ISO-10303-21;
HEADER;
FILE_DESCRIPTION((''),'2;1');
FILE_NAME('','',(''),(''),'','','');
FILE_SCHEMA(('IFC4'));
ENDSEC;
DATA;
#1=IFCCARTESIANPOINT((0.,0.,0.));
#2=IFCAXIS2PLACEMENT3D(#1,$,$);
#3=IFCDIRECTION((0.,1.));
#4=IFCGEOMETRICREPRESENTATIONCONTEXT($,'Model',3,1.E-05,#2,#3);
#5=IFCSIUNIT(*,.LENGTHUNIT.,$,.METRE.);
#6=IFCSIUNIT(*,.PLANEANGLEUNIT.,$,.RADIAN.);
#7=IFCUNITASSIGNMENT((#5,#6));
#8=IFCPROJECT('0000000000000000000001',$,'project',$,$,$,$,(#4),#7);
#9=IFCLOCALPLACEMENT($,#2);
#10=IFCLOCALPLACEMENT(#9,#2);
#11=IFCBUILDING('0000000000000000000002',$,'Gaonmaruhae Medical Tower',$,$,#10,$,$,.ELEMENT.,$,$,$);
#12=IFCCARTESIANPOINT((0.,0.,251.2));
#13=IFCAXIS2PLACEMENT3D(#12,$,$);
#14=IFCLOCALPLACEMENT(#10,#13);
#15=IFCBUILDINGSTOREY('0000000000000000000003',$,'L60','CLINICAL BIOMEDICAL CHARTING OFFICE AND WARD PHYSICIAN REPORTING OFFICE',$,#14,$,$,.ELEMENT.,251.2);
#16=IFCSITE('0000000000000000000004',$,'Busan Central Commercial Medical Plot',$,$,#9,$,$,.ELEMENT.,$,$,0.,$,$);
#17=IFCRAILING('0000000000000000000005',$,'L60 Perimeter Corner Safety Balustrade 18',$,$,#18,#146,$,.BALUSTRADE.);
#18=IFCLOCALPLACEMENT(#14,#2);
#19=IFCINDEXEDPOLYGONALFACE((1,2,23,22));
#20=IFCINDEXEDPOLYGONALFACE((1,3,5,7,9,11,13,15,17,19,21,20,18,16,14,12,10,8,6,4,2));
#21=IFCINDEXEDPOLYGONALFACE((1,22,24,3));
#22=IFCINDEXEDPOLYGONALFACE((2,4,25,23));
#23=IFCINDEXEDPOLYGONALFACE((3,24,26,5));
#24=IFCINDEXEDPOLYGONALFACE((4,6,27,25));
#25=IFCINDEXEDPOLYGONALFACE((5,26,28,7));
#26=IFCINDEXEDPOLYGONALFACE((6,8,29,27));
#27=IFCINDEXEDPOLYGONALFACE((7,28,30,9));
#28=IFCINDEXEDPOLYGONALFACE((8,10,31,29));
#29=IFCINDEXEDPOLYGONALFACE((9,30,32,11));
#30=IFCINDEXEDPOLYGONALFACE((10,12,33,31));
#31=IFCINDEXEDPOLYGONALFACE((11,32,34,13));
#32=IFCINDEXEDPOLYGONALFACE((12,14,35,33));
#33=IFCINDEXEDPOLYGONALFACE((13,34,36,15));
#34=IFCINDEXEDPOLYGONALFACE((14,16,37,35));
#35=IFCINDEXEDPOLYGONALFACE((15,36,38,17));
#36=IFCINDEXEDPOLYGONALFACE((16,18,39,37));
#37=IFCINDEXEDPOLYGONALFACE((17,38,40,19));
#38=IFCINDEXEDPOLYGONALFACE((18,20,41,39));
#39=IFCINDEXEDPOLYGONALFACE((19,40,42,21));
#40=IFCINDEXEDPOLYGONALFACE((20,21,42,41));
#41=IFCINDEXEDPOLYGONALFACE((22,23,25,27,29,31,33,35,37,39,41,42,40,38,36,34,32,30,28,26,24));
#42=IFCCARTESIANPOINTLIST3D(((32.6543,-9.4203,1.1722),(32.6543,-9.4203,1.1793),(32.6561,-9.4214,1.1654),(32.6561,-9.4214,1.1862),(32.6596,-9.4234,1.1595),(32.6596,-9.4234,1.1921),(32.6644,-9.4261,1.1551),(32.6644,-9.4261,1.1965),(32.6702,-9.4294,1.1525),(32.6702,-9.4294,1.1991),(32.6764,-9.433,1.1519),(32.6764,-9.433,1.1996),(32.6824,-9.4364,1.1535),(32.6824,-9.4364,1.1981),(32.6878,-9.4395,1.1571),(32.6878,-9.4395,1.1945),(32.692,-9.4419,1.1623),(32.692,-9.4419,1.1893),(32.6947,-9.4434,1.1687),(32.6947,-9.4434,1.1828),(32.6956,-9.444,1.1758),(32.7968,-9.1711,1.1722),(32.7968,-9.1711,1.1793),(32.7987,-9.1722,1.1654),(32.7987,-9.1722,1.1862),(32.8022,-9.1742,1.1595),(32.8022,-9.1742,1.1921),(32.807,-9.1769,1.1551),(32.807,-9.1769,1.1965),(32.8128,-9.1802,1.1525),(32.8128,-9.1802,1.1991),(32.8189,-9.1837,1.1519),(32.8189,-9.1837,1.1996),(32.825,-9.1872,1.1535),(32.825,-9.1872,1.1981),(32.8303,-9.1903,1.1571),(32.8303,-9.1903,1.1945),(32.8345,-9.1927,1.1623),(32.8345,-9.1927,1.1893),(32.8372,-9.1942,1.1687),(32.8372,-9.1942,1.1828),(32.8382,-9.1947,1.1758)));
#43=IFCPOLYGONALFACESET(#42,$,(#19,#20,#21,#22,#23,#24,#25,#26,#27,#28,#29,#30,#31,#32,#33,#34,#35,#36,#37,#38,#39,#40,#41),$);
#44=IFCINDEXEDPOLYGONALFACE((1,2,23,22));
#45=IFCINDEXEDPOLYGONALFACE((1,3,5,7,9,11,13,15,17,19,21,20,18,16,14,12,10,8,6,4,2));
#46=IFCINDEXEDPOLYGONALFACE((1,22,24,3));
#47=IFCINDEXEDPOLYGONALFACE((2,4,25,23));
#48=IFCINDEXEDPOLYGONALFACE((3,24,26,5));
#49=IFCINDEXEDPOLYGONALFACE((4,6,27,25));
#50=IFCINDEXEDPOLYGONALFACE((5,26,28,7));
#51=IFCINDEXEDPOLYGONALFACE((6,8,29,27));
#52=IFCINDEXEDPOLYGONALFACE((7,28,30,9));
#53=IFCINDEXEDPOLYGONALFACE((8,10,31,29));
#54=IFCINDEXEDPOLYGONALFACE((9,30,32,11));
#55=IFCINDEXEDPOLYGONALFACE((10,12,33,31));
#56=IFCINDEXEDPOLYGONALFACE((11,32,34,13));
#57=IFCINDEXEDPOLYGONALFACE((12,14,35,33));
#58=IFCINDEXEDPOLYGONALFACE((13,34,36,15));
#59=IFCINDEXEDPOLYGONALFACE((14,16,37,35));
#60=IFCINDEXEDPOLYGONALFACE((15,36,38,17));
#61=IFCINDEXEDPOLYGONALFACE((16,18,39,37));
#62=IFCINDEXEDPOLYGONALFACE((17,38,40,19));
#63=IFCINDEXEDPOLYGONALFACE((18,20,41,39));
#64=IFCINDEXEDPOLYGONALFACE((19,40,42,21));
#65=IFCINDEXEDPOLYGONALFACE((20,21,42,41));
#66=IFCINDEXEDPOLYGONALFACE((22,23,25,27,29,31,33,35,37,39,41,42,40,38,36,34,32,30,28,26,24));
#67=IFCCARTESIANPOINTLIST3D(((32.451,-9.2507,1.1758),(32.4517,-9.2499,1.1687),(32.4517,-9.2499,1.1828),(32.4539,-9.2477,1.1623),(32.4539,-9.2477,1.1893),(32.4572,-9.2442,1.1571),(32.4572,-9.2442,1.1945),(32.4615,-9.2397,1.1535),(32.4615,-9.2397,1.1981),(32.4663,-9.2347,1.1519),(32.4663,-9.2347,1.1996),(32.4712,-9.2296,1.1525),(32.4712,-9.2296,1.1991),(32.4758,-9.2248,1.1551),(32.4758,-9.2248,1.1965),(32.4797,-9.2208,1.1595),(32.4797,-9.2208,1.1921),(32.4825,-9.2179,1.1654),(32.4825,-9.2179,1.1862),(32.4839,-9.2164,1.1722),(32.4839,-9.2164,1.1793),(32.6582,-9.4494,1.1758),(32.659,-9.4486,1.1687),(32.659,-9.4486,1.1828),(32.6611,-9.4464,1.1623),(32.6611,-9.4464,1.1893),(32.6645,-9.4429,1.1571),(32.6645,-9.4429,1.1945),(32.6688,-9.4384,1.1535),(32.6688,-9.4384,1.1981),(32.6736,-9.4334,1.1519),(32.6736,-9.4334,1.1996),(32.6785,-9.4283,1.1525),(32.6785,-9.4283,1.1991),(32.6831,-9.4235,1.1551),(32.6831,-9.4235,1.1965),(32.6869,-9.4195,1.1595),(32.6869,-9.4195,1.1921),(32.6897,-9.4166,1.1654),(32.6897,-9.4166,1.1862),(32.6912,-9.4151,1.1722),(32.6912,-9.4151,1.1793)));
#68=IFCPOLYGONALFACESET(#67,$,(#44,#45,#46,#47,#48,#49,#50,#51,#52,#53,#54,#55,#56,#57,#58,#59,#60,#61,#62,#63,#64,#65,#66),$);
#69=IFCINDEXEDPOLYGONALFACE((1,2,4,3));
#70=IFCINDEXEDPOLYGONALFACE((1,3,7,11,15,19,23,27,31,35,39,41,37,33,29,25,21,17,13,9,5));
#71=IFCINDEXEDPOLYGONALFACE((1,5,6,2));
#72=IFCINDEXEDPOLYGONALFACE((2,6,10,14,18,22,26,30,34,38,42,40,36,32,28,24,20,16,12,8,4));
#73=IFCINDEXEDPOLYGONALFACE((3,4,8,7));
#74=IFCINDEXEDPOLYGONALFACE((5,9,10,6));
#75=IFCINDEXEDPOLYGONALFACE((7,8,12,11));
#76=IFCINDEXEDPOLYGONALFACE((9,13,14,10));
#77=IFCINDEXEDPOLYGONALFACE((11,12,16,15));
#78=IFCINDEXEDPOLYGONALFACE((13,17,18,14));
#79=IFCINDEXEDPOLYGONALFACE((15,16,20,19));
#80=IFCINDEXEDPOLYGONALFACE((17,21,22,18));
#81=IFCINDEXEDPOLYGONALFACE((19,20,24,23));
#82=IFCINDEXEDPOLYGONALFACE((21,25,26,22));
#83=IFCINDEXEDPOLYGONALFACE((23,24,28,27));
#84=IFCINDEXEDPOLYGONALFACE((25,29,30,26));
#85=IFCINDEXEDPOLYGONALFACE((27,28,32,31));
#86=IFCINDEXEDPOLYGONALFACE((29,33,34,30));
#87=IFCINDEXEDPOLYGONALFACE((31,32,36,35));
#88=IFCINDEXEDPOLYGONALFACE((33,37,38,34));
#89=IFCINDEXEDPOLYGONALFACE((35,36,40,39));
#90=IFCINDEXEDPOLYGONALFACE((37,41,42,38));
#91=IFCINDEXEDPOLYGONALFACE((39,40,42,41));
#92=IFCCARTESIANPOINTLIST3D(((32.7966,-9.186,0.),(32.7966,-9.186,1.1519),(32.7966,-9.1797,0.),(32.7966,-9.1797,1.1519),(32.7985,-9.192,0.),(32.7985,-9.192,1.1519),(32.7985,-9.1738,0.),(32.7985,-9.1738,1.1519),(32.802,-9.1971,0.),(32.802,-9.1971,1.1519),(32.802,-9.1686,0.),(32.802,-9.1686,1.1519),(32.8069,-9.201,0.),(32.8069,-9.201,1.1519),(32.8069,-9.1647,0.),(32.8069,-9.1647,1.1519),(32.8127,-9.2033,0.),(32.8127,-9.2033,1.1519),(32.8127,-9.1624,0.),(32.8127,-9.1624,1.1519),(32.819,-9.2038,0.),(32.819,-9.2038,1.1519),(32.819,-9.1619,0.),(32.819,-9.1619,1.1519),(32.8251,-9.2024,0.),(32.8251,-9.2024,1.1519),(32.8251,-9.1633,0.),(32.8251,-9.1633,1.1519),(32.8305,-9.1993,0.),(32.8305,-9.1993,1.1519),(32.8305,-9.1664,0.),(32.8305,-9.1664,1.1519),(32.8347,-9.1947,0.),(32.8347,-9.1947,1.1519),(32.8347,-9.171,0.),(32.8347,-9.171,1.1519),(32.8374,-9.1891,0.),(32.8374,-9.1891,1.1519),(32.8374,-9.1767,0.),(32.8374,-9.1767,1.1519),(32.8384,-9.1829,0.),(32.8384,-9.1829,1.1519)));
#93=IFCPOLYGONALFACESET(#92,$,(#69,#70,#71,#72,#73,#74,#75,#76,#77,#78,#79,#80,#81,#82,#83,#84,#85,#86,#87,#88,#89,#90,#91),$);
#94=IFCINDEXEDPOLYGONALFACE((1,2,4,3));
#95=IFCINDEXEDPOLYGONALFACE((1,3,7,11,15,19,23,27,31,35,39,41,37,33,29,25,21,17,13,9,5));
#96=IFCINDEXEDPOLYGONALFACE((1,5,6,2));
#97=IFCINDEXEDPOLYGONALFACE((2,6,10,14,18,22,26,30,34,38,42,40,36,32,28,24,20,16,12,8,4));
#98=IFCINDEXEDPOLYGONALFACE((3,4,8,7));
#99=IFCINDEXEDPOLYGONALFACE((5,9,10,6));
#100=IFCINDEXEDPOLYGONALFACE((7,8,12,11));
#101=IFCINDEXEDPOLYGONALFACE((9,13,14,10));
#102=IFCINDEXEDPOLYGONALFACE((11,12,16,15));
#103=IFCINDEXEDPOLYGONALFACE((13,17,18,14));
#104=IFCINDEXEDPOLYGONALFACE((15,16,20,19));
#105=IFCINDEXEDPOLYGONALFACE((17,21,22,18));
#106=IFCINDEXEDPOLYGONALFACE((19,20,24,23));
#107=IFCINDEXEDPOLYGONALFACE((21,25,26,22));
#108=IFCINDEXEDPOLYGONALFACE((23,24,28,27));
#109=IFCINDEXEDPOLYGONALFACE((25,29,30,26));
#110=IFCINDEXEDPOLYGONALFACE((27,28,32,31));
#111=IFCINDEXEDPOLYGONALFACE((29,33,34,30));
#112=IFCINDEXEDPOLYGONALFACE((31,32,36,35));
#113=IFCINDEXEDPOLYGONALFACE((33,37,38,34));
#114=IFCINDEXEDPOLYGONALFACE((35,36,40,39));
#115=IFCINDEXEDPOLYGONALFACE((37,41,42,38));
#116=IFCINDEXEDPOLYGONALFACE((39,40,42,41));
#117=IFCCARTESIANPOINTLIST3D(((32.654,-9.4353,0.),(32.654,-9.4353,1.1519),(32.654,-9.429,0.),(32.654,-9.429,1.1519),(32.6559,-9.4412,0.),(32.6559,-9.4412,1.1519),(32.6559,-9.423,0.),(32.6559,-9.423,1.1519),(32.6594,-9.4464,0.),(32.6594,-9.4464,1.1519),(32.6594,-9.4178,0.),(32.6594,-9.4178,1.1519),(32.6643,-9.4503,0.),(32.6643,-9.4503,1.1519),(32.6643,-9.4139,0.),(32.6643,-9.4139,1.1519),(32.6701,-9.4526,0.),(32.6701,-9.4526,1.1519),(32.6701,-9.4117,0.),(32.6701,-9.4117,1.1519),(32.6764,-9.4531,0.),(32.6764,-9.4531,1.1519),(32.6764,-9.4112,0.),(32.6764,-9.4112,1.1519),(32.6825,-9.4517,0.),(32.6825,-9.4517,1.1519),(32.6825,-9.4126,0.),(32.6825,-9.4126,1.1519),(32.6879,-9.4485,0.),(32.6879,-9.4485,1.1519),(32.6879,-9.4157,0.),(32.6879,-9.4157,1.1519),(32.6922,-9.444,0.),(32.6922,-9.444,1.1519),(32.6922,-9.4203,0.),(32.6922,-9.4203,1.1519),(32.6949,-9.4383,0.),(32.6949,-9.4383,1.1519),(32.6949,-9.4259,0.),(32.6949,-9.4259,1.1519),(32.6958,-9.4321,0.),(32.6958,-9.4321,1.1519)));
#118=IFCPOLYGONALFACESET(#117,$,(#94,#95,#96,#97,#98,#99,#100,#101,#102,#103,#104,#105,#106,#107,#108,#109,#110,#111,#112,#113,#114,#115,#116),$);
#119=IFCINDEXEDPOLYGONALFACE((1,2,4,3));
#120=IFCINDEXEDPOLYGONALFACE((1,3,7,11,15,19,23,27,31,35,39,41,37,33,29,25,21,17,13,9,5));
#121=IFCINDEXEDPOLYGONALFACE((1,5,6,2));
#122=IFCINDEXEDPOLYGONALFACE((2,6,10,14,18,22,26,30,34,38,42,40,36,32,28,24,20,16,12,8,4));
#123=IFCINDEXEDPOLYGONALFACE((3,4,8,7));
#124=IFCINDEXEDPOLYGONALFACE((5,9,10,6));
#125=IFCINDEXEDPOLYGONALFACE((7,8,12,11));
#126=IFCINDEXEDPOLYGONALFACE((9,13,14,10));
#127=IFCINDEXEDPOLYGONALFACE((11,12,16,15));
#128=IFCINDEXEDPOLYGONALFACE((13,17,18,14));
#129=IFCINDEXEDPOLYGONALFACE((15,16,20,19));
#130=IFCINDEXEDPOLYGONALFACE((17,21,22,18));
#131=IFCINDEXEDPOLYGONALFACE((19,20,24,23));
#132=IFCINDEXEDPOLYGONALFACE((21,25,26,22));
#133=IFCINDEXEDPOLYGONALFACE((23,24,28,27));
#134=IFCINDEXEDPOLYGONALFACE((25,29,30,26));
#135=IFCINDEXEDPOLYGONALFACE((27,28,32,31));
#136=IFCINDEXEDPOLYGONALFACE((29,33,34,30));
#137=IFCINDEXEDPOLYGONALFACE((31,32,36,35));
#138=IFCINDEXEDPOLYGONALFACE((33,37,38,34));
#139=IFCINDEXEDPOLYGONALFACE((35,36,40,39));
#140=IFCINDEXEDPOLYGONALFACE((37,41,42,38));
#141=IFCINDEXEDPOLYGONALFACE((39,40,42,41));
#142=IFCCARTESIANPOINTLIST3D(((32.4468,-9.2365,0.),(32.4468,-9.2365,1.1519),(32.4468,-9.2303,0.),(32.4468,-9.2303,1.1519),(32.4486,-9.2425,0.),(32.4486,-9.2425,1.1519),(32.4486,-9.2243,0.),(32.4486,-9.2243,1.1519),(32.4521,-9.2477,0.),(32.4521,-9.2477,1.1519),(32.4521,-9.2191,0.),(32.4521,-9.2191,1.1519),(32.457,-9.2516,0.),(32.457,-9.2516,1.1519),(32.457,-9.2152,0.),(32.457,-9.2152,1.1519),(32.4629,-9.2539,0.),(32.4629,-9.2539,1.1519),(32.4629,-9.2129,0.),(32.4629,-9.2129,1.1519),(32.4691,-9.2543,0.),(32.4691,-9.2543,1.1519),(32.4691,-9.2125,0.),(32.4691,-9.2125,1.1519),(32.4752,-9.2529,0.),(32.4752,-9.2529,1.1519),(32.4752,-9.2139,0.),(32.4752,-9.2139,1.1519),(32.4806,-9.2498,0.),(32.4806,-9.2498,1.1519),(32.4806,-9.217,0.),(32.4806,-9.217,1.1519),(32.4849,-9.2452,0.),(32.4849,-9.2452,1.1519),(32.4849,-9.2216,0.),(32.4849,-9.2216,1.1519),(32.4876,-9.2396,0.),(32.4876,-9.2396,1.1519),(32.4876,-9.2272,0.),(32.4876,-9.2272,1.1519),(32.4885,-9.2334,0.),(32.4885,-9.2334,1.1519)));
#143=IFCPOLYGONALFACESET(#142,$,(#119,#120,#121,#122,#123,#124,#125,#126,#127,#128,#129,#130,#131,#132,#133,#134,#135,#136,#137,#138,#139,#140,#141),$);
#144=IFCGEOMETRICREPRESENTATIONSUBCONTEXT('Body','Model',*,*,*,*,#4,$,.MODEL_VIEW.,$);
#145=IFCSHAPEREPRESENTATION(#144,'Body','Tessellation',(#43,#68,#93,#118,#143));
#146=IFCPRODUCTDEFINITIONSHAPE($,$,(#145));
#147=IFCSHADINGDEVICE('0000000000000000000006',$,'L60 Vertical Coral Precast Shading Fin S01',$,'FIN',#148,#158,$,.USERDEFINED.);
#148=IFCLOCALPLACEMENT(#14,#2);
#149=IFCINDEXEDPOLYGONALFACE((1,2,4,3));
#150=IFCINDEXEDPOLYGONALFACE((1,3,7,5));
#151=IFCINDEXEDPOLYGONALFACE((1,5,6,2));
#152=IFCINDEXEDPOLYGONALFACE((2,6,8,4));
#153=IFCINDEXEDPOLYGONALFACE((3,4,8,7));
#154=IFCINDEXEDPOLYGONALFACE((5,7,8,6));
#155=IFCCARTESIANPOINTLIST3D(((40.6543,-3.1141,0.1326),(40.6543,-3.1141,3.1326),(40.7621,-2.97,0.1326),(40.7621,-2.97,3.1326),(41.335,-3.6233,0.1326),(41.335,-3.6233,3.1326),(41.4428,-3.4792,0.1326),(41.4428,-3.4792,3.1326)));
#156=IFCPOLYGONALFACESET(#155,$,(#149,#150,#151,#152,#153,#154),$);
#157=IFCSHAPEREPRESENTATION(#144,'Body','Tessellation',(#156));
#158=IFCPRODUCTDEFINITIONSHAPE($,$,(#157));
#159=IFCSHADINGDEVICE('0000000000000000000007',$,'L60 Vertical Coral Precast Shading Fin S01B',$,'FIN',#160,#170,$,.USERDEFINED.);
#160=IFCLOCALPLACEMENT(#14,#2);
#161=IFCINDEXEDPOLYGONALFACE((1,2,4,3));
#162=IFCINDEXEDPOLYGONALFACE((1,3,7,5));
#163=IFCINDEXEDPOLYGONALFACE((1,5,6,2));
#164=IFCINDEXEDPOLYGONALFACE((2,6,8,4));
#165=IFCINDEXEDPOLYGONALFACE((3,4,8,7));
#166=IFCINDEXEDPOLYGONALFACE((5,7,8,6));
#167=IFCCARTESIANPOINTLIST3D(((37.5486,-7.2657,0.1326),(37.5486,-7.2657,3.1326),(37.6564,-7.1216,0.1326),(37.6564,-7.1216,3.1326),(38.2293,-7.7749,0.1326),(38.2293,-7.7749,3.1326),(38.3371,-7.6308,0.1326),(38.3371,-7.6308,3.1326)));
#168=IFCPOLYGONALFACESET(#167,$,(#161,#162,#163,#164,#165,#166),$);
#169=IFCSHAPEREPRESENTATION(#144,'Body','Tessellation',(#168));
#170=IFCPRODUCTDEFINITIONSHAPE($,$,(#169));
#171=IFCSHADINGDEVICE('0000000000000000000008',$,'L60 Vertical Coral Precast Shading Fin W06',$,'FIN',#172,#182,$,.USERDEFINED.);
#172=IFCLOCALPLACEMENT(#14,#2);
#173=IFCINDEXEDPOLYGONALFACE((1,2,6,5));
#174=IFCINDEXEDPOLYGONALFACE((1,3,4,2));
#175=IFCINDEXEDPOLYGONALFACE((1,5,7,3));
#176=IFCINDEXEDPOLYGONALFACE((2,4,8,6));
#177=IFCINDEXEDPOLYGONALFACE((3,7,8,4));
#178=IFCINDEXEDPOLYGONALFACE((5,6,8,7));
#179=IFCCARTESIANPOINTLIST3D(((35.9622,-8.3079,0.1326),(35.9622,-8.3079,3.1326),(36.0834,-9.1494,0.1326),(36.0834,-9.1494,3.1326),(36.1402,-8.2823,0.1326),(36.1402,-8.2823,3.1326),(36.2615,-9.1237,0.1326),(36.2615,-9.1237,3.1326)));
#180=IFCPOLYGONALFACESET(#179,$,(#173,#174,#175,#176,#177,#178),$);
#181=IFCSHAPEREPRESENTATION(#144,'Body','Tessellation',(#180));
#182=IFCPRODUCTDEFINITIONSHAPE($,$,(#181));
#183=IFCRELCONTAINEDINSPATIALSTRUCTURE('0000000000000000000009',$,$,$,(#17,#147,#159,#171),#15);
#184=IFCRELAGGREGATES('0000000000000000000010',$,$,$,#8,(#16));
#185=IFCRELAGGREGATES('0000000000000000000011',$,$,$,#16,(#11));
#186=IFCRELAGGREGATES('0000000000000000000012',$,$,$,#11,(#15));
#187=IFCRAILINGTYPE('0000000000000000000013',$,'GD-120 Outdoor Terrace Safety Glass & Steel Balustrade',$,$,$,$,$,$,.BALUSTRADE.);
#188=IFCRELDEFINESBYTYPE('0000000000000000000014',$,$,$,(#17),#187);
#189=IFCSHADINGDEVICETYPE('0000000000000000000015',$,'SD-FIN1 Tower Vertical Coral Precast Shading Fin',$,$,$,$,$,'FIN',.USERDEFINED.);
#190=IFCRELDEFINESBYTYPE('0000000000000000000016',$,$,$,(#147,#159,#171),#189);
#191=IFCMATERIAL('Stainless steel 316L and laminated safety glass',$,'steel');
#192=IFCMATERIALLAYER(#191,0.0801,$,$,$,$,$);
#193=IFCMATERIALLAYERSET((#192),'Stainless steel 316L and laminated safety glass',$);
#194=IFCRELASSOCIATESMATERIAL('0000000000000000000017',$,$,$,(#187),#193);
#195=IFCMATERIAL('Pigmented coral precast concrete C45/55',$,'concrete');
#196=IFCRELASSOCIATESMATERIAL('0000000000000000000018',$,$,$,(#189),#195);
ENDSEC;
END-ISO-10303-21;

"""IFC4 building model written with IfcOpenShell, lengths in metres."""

from ifc_helpers import new_model, si_unit, direction, frame, origin, origin_2d, place, context, subcontext, project, spatial, rectangle, circle, extrude, material, layer, layer_set, type_object, element, save


model = new_model("IFC4")

# Units and contexts
model_context = context("Model", 3, precision=1e-05, world=origin(), true_north=direction((0.0, 1.0)))
body_context = subcontext(model_context, "Body", "Model", "MODEL_VIEW")
ifc_project = project(units=[si_unit("LENGTHUNIT", "METRE"), si_unit("PLANEANGLEUNIT", "RADIAN")], contexts=[model_context])

# Site, building, storey
site_placement = place(None, origin())
site = spatial("IfcSite", under=ifc_project, at=site_placement, Name="Busan Central Commercial Medical Plot", CompositionType="ELEMENT", RefElevation=0.0)
building_placement = place(site_placement, origin())
building = spatial("IfcBuilding", under=site, at=building_placement, Name="Gaonmaruhae Medical Tower", CompositionType="ELEMENT")
storey_placement = place(building_placement, frame((0.0, 0.0, 251.2)))
storey = spatial("IfcBuildingStorey", under=building, at=storey_placement, Name="L60", Description="CLINICAL BIOMEDICAL CHARTING OFFICE AND WARD PHYSICIAN REPORTING OFFICE", CompositionType="ELEMENT", Elevation=251.2)

# Railing
ifc_material_1 = material(Name="Stainless steel 316L and laminated safety glass", Category="steel")
ifc_layer_1 = layer(ifc_material_1, 0.0801)
ifc_layer_set_1 = layer_set([ifc_layer_1], Name="Stainless steel 316L and laminated safety glass")
railing_type = type_object("IfcRailingType", Name="GD-120 Outdoor Terrace Safety Glass & Steel Balustrade", PredefinedType="BALUSTRADE", material=ifc_layer_set_1)
railing_1_placement = place(storey_placement, frame((32.8174, -9.1829, 0.0)))
element("IfcRailing", 1, at=railing_1_placement, inside=storey, type_object=railing_type, Name="L60 Perimeter Corner Safety Balustrade 18", PredefinedType="BALUSTRADE", context=body_context, shape_type="SweptSolid", body=[
    extrude(circle(Radius=0.0239, at=origin_2d()), frame((0.0, 0.0, 1.1758), z_axis=(-0.496505, -0.868034, 0.0), x_axis=(0.868034, -0.496505, 0.0)), (0.0, 0.0, 1.0), 0.2871),
    extrude(circle(Radius=0.0239, at=origin_2d()), frame((-0.1426, -0.2493, 1.1758), z_axis=(-0.721829, 0.692072, 0.0), x_axis=(-0.692072, -0.721829, 0.0)), (0.0, 0.0, 1.0), 0.2871),
    extrude(circle(Radius=0.021, at=origin_2d()), origin(), (0.0, 0.0, 1.0), 1.1519),
    extrude(circle(Radius=0.021, at=origin_2d()), frame((-0.1426, -0.2493, 0.0)), (0.0, 0.0, 1.0), 1.1519),
    extrude(circle(Radius=0.021, at=origin_2d()), frame((-0.3499, -0.0505, 0.0)), (0.0, 0.0, 1.0), 1.1519),
])

# Shading devices
ifc_material_2 = material(Name="Pigmented coral precast concrete C45/55", Category="concrete")
shading_device_type = type_object("IfcShadingDeviceType", Name="SD-FIN1 Tower Vertical Coral Precast Shading Fin", ElementType="FIN", PredefinedType="USERDEFINED", material=ifc_material_2)
for number, where, z_axis, x_axis, name in (
    (2, (41.0486, -3.2966, 0.1326), (0.0, 0.0, 1.0), (-0.599024, -0.800731, 0.0), "L60 Vertical Coral Precast Shading Fin S01"),
    (3, (37.9429, -7.4482, 0.1326), (0.0, 0.0, 1.0), (-0.599024, -0.800731, 0.0), "L60 Vertical Coral Precast Shading Fin S01B"),
    (4, (36.1118, -8.7158, 0.1326), (0.0, 0.0, 1.0), (-0.989779, -0.142612, 0.0), "L60 Vertical Coral Precast Shading Fin W06"),
):
    element("IfcShadingDevice", number, at=place(storey_placement, frame(where, z_axis=z_axis, x_axis=x_axis)), inside=storey, type_object=shading_device_type, Name=name, ObjectType="FIN", PredefinedType="USERDEFINED", context=body_context, shape_type="SweptSolid", body=[
        extrude(rectangle(XDim=0.1799, YDim=0.8501, at=origin_2d()), origin(), (0.0, 0.0, 1.0), 3.0),
    ])

save(model, "model.ifc")
